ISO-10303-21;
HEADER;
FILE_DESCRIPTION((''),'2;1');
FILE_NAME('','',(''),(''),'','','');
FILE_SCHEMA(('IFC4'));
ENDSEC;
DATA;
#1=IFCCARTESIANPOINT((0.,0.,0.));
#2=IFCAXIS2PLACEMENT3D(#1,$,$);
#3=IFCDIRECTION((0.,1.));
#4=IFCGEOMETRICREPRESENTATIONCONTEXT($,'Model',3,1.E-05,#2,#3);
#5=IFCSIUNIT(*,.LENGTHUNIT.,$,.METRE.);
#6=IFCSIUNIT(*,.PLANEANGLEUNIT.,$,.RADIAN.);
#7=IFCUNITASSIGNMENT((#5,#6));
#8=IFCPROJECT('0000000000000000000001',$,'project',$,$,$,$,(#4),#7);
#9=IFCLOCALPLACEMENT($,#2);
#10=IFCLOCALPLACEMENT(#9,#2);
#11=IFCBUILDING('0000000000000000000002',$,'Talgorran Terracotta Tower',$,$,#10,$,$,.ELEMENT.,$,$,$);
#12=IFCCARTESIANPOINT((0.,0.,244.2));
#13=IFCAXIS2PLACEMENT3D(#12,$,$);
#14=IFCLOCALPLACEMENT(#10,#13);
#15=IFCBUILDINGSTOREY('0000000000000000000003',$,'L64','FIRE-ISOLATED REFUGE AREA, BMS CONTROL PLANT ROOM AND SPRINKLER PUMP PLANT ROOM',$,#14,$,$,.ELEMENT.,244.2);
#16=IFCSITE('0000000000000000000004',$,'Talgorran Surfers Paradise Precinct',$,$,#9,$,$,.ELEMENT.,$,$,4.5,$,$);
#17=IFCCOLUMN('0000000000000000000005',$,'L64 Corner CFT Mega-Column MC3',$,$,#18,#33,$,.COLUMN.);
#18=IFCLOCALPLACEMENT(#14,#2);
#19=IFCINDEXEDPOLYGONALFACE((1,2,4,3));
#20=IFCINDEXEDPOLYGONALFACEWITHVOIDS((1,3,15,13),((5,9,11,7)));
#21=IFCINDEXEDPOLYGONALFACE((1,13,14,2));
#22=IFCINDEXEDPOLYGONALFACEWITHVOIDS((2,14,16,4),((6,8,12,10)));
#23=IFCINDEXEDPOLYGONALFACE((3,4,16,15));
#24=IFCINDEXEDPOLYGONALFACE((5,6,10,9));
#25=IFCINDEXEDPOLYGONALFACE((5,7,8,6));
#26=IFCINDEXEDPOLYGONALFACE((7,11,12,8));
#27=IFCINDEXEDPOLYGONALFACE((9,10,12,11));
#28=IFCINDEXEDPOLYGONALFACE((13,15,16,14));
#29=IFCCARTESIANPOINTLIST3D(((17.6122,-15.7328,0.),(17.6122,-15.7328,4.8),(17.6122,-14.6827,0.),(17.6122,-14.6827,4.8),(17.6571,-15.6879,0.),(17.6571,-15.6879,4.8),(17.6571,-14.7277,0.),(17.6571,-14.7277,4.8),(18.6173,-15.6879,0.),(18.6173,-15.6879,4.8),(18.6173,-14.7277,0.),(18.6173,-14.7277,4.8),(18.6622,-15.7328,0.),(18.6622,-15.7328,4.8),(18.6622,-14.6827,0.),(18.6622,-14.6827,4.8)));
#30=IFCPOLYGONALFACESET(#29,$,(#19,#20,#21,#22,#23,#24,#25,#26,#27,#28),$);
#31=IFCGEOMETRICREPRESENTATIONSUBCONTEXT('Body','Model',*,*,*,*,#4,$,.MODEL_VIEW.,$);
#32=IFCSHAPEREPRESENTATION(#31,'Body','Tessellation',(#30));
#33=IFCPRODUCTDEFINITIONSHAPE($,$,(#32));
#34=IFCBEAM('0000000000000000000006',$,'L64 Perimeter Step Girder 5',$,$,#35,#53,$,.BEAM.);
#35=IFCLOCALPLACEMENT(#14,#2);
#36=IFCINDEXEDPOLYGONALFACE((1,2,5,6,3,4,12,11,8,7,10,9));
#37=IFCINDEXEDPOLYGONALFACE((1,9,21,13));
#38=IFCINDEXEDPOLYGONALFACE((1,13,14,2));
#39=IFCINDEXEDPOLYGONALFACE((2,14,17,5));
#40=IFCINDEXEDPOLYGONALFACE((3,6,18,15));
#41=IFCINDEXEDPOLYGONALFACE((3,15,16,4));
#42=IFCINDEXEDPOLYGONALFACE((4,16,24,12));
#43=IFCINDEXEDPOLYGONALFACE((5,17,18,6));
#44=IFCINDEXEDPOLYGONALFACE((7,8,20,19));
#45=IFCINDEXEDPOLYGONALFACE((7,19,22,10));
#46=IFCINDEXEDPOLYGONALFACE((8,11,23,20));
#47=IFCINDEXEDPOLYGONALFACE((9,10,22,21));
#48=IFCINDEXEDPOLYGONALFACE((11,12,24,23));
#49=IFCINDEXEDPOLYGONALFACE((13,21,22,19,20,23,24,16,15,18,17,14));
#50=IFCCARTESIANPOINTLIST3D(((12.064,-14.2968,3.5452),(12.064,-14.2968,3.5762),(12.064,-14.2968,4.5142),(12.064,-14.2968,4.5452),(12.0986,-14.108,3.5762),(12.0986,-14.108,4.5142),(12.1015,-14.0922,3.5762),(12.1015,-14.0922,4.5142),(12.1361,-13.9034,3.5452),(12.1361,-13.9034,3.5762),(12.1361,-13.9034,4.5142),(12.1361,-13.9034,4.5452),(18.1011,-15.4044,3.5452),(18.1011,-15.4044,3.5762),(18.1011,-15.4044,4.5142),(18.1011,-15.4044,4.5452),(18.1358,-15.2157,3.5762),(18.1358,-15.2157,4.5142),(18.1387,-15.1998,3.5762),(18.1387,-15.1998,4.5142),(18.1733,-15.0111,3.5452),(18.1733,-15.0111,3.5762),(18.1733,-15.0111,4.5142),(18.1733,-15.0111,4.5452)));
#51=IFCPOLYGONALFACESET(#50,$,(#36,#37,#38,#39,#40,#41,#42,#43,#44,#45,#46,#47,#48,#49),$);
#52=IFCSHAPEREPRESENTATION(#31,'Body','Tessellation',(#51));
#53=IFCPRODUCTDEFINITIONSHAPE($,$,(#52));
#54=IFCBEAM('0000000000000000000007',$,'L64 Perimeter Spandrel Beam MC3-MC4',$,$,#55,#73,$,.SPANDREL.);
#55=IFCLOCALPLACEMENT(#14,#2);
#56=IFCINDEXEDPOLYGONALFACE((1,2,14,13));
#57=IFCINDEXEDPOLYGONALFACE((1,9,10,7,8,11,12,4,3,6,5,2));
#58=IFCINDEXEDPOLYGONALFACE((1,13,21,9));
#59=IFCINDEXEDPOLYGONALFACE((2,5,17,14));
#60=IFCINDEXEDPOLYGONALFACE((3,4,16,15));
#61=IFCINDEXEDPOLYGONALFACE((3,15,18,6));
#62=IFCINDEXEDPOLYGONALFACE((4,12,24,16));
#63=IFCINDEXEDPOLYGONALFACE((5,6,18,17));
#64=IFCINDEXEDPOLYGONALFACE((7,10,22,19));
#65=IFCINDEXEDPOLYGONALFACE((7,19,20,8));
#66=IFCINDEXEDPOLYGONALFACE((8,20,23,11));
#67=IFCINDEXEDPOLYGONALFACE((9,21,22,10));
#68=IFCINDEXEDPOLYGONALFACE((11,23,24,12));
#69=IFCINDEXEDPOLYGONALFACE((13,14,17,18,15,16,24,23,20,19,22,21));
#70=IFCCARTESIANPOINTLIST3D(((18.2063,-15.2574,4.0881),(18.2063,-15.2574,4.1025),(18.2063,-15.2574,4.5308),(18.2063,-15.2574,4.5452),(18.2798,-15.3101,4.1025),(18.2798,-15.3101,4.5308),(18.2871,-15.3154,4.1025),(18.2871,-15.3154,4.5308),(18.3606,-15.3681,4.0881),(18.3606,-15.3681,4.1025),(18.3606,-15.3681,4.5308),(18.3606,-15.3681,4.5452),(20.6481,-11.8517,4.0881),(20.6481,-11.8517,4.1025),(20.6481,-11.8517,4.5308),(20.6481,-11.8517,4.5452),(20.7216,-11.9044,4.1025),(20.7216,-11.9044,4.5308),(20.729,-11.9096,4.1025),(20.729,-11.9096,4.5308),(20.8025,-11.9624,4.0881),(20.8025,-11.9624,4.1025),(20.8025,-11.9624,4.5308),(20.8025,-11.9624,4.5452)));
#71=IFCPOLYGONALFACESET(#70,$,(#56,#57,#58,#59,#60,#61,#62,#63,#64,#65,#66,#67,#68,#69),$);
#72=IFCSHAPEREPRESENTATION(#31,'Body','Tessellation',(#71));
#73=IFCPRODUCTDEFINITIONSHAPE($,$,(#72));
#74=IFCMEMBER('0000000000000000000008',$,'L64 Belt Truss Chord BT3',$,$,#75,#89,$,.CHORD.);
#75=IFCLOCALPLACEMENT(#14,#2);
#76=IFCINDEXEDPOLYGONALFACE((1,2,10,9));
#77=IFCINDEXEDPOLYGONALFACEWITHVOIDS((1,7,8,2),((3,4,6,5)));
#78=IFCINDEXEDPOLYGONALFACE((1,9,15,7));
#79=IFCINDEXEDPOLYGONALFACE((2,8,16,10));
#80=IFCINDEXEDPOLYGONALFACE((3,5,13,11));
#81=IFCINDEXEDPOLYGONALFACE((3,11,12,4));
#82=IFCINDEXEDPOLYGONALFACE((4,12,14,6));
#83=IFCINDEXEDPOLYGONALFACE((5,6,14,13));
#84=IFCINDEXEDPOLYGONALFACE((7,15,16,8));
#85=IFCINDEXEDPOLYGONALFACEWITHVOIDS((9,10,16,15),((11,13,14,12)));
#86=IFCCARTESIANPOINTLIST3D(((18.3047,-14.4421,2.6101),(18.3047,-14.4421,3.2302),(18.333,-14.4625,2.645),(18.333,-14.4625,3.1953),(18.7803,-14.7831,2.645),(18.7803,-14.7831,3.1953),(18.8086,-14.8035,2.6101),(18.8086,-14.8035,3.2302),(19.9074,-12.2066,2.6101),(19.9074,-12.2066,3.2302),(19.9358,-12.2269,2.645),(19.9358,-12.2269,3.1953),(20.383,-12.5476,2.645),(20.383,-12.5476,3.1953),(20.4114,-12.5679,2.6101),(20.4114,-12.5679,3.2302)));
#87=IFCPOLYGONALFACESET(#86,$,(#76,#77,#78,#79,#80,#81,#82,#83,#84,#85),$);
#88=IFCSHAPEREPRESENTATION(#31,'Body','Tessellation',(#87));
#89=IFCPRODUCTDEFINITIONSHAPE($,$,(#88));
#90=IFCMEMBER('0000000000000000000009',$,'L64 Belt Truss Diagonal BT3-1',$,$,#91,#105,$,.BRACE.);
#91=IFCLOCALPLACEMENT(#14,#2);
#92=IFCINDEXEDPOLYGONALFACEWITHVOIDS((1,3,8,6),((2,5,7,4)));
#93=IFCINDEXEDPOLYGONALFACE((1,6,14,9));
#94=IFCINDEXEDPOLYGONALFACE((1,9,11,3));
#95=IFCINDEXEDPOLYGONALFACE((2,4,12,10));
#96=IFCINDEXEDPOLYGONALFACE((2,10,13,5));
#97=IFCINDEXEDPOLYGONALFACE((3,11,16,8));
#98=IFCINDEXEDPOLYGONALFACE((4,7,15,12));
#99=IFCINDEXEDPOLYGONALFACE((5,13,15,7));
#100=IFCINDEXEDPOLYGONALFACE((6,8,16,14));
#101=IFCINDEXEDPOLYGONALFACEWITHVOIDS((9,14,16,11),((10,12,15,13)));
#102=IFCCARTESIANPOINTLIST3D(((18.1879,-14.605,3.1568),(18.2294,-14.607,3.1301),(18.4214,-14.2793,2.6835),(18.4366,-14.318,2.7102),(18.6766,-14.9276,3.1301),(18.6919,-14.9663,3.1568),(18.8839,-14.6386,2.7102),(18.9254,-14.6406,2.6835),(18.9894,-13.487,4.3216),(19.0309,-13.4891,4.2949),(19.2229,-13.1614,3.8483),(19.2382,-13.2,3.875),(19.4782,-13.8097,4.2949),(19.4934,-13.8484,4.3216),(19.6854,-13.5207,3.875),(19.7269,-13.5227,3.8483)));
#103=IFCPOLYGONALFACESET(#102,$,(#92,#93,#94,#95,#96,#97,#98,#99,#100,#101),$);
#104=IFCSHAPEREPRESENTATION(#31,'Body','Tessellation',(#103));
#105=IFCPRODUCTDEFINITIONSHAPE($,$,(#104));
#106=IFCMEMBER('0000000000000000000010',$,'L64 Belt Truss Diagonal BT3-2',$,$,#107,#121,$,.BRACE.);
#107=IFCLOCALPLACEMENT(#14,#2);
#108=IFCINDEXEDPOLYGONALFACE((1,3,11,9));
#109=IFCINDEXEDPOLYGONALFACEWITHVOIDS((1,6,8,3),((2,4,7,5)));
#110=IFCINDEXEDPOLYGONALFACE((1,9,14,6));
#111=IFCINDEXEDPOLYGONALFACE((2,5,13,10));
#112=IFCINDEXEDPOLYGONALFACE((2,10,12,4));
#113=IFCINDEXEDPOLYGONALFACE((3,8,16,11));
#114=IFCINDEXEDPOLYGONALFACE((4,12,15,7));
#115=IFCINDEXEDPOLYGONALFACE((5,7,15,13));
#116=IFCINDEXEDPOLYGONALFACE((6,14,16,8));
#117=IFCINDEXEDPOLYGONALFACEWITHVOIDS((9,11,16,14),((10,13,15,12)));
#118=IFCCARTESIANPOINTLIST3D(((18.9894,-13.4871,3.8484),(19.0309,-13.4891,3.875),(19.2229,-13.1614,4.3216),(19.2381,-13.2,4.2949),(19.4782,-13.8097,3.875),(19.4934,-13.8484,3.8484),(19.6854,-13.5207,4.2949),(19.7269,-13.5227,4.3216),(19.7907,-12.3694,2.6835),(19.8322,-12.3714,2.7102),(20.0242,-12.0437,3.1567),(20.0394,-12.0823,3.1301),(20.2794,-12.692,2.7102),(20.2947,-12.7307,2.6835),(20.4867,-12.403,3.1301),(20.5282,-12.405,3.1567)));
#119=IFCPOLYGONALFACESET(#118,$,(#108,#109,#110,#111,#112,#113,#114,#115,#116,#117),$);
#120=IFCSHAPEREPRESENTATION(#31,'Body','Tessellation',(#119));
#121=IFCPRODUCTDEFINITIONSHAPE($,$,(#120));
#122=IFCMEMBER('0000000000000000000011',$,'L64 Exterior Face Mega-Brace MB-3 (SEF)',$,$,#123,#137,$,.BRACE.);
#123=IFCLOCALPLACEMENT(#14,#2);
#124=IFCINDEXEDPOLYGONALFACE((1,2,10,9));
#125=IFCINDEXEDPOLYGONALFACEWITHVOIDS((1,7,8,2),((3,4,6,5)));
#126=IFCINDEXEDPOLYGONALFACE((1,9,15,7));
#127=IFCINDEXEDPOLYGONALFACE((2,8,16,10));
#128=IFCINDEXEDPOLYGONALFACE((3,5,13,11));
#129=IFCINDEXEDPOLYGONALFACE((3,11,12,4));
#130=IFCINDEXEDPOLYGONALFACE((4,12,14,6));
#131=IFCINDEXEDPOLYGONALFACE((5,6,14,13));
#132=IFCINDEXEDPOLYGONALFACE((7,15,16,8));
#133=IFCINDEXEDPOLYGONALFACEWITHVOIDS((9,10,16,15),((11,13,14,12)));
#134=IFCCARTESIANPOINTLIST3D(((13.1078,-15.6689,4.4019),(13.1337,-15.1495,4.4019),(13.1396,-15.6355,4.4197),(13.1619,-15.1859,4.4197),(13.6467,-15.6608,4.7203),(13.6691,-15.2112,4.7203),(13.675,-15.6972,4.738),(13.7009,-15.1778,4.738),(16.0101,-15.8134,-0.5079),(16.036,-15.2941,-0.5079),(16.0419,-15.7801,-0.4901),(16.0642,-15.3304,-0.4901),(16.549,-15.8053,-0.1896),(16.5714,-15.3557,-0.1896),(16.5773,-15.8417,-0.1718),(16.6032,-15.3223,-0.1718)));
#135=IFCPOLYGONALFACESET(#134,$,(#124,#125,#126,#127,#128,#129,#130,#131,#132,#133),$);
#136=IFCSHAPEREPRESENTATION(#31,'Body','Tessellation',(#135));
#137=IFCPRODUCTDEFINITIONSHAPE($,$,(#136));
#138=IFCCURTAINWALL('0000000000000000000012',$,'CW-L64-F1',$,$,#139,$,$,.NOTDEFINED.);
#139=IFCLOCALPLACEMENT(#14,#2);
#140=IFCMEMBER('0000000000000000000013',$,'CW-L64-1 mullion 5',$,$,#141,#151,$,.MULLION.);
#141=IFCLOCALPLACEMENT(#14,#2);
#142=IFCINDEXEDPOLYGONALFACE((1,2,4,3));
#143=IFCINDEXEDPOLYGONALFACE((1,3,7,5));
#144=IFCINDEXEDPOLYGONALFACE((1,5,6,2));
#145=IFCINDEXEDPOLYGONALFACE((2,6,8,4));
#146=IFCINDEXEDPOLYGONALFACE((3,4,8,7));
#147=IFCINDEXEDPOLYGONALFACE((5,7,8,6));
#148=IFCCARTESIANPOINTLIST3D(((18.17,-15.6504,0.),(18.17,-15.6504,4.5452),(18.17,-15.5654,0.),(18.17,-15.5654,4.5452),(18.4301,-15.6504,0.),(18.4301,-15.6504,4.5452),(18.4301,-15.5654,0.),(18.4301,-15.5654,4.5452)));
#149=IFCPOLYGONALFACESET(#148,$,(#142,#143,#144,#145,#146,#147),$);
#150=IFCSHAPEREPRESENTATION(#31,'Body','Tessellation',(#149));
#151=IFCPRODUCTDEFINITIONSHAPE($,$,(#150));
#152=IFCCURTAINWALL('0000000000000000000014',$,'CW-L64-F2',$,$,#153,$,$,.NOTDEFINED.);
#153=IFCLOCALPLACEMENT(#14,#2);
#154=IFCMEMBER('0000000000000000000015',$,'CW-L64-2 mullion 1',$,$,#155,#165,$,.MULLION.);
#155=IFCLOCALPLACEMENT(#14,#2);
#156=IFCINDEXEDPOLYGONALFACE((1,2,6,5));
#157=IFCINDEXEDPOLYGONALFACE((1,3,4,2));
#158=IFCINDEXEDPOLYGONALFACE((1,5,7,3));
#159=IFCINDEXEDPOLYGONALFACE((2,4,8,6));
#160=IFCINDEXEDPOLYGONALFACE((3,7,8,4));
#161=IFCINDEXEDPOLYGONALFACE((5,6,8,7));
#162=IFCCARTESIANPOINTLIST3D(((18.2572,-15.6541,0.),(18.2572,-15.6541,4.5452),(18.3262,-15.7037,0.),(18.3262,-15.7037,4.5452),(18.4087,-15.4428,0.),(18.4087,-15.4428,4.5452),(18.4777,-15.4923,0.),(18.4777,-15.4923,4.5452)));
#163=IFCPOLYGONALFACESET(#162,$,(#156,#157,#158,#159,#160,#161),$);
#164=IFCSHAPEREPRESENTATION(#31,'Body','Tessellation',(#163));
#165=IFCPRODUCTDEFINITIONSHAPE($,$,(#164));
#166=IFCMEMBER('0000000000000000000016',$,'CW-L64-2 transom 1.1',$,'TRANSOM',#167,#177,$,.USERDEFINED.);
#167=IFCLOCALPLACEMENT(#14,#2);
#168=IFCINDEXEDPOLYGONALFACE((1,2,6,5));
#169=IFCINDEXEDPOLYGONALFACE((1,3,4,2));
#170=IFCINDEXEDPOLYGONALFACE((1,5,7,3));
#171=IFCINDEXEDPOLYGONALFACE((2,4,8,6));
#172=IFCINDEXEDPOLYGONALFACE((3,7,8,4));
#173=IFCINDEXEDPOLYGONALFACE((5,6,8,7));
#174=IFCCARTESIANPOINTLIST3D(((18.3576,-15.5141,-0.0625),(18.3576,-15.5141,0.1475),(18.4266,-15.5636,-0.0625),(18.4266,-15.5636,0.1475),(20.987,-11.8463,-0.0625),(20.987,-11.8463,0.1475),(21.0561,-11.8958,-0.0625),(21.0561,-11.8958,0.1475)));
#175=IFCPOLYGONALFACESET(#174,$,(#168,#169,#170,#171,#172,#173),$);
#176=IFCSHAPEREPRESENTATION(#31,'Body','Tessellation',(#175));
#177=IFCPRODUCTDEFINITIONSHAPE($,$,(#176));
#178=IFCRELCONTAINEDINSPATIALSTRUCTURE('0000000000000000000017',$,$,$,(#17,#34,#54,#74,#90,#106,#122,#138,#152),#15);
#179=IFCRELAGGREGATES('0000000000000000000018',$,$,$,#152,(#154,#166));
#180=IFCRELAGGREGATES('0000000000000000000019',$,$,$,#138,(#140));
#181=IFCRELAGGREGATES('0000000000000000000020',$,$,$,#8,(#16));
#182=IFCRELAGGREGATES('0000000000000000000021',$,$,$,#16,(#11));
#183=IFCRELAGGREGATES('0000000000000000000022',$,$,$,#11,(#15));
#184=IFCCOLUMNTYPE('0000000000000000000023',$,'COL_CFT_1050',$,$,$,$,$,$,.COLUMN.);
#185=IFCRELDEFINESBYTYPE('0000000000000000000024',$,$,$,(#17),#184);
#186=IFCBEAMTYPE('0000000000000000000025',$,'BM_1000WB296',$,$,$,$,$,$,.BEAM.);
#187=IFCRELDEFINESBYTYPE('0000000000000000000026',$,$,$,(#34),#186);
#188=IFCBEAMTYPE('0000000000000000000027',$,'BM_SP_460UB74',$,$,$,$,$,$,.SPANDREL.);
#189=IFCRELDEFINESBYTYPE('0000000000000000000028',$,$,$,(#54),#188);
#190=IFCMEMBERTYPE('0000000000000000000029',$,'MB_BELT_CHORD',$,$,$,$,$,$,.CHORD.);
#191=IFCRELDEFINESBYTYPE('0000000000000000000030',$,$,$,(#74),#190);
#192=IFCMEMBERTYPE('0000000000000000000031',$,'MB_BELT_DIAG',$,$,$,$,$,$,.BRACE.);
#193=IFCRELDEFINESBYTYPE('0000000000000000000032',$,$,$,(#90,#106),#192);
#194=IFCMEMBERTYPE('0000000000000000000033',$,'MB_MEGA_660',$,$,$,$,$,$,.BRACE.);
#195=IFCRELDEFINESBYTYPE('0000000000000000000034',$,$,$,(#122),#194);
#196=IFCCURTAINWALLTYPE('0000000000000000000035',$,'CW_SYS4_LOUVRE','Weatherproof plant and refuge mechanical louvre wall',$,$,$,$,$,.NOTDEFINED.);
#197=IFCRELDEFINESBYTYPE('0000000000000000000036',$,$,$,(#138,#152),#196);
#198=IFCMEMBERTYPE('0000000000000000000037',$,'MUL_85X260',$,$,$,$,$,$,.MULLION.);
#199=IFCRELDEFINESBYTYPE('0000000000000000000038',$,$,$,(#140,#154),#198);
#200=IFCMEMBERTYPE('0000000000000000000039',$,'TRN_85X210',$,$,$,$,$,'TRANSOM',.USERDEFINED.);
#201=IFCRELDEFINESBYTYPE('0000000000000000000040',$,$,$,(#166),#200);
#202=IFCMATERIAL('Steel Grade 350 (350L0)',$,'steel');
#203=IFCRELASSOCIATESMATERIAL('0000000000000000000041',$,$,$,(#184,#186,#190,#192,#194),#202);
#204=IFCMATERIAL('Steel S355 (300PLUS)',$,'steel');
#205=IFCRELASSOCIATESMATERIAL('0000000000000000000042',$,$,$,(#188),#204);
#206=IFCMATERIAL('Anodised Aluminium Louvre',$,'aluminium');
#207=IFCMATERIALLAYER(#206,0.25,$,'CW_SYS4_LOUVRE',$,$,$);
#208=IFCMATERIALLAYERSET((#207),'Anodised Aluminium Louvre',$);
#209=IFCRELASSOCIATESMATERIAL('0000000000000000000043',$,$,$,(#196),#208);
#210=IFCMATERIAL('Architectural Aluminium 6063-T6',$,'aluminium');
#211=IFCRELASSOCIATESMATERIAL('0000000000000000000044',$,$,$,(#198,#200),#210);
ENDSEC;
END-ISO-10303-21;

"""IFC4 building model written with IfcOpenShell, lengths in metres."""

from ifc_helpers import new_model, si_unit, direction, frame, origin, origin_2d, place, context, subcontext, project, spatial, rectangle, hollow_rectangle, i_section, extrude, material, layer, layer_set, material_profile, profile_set, type_object, element, aggregate, save


model = new_model("IFC4")

# Units and contexts
model_context = context("Model", 3, precision=1e-05, world=origin(), true_north=direction((0.0, 1.0)))
body_context = subcontext(model_context, "Body", "Model", "MODEL_VIEW")
ifc_project = project(units=[si_unit("LENGTHUNIT", "METRE"), si_unit("PLANEANGLEUNIT", "RADIAN")], contexts=[model_context])

# Site, building, storey
site_placement = place(None, origin())
site = spatial("IfcSite", under=ifc_project, at=site_placement, Name="Talgorran Surfers Paradise Precinct", CompositionType="ELEMENT", RefElevation=4.5)
building_placement = place(site_placement, origin())
building = spatial("IfcBuilding", under=site, at=building_placement, Name="Talgorran Terracotta Tower", CompositionType="ELEMENT")
storey_placement = place(building_placement, frame((0.0, 0.0, 244.2)))
storey = spatial("IfcBuildingStorey", under=building, at=storey_placement, Name="L64", Description="FIRE-ISOLATED REFUGE AREA, BMS CONTROL PLANT ROOM AND SPRINKLER PUMP PLANT ROOM", CompositionType="ELEMENT", Elevation=244.2)

# Column
ifc_material_1 = material(Name="Steel Grade 350 (350L0)", Category="steel")
ifc_material_profile_1 = material_profile(ifc_material_1, hollow_rectangle(XDim=1.05, YDim=1.05, WallThickness=0.0449, at=origin_2d()), Name="CFT1050X1050X45")
ifc_profile_set_1 = profile_set([ifc_material_profile_1], Name="Steel Grade 350 (350L0)")
column_type = type_object("IfcColumnType", Name="COL_CFT_1050", PredefinedType="COLUMN", material=ifc_profile_set_1)
column_placement = place(storey_placement, frame((18.1372, -15.2078, 0.0), z_axis=(0.0, 0.0, 1.0), x_axis=(1.0, 0.0, 0.0)))
element("IfcColumn", 1, at=column_placement, inside=storey, type_object=column_type, Name="L64 Corner CFT Mega-Column MC3", PredefinedType="COLUMN", context=body_context, shape_type="SweptSolid", body=[
    extrude(hollow_rectangle(XDim=1.05, YDim=1.05, WallThickness=0.0449, at=origin_2d()), origin(), (0.0, 0.0, 1.0), 4.8),
])

# Beams
ifc_material_profile_2 = material_profile(ifc_material_1, i_section(OverallWidth=0.3999, OverallDepth=1.0, WebThickness=0.0161, FlangeThickness=0.031, at=origin_2d()), Name="1000WB296")
ifc_profile_set_2 = profile_set([ifc_material_profile_2], Name="Steel Grade 350 (350L0)")
beam_type_1 = type_object("IfcBeamType", Name="BM_1000WB296", PredefinedType="BEAM", material=ifc_profile_set_2)
beam_1_placement = place(storey_placement, frame((18.1372, -15.2078, 4.0452), z_axis=(-0.983582, 0.180464, 0.0), x_axis=(-0.180464, -0.983582, 0.0)))
element("IfcBeam", 2, at=beam_1_placement, inside=storey, type_object=beam_type_1, Name="L64 Perimeter Step Girder 5", PredefinedType="BEAM", context=body_context, shape_type="SweptSolid", body=[
    extrude(i_section(OverallWidth=0.3999, OverallDepth=1.0, WebThickness=0.0161, FlangeThickness=0.031, at=origin_2d()), origin(), (0.0, 0.0, 1.0), 6.1379),
])
ifc_material_2 = material(Name="Steel S355 (300PLUS)", Category="steel")
ifc_material_profile_3 = material_profile(ifc_material_2, i_section(OverallWidth=0.1899, OverallDepth=0.457, WebThickness=0.009, FlangeThickness=0.0144, at=origin_2d()), Name="460UB74.6")
ifc_profile_set_3 = profile_set([ifc_material_profile_3], Name="Steel S355 (300PLUS)")
beam_type_2 = type_object("IfcBeamType", Name="BM_SP_460UB74", PredefinedType="SPANDREL", material=ifc_profile_set_3)
beam_2_placement = place(storey_placement, frame((18.2834, -15.3127, 4.3167), z_axis=(0.582692, 0.812693, 0.0), x_axis=(-0.812693, 0.582692, 0.0)))
element("IfcBeam", 3, at=beam_2_placement, inside=storey, type_object=beam_type_2, Name="L64 Perimeter Spandrel Beam MC3-MC4", PredefinedType="SPANDREL", context=body_context, shape_type="SweptSolid", body=[
    extrude(i_section(OverallWidth=0.1899, OverallDepth=0.457, WebThickness=0.009, FlangeThickness=0.0144, at=origin_2d()), origin(), (0.0, 0.0, 1.0), 4.1907),
])

# Members
ifc_material_profile_4 = material_profile(ifc_material_1, hollow_rectangle(XDim=0.6201, YDim=0.6201, WallThickness=0.0349, at=origin_2d()), Name="WBOX620X620X35")
ifc_profile_set_4 = profile_set([ifc_material_profile_4], Name="Steel Grade 350 (350L0)")
member_type_1 = type_object("IfcMemberType", Name="MB_BELT_CHORD", PredefinedType="CHORD", material=ifc_profile_set_4)
member_1_placement = place(storey_placement, frame((18.5566, -14.6228, 2.9202), z_axis=(0.582665, 0.812713, 0.0), x_axis=(-0.812713, 0.582665, 0.0)))
element("IfcMember", 4, at=member_1_placement, inside=storey, type_object=member_type_1, Name="L64 Belt Truss Chord BT3", PredefinedType="CHORD", context=body_context, shape_type="SweptSolid", body=[
    extrude(hollow_rectangle(XDim=0.6201, YDim=0.6201, WallThickness=0.0349, at=origin_2d()), origin(), (0.0, 0.0, 1.0), 2.7507),
])
ifc_material_profile_5 = material_profile(ifc_material_1, hollow_rectangle(XDim=0.6201, YDim=0.6201, WallThickness=0.0349, at=origin_2d()), Name="WBOX620X620X35")
ifc_profile_set_5 = profile_set([ifc_material_profile_5], Name="Steel Grade 350 (350L0)")
member_type_2 = type_object("IfcMemberType", Name="MB_BELT_DIAG", PredefinedType="BRACE", material=ifc_profile_set_5)
member_2_placement = place(storey_placement, frame((18.5566, -14.6228, 2.9202), z_axis=(0.444674, 0.620214, 0.64622), x_axis=(-0.812701, 0.582681, 0.0)))
element("IfcMember", 5, at=member_2_placement, inside=storey, type_object=member_type_2, Name="L64 Belt Truss Diagonal BT3-1", PredefinedType="BRACE", context=body_context, shape_type="SweptSolid", body=[
    extrude(hollow_rectangle(XDim=0.6201, YDim=0.6201, WallThickness=0.0349, at=origin_2d()), origin(), (0.0, 0.0, 1.0), 1.8025),
])
member_3_placement = place(storey_placement, frame((19.3582, -13.5049, 4.085), z_axis=(0.444603, 0.620168, -0.646313), x_axis=(-0.812725, 0.582648, 0.0)))
element("IfcMember", 6, at=member_3_placement, inside=storey, type_object=member_type_2, Name="L64 Belt Truss Diagonal BT3-2", PredefinedType="BRACE", context=body_context, shape_type="SweptSolid", body=[
    extrude(hollow_rectangle(XDim=0.6201, YDim=0.6201, WallThickness=0.0349, at=origin_2d()), origin(), (0.0, 0.0, 1.0), 1.8022),
])
ifc_material_profile_6 = material_profile(ifc_material_1, hollow_rectangle(XDim=0.52, YDim=0.6599, WallThickness=0.0349, at=origin_2d()), Name="WBOX660X520X35")
ifc_profile_set_6 = profile_set([ifc_material_profile_6], Name="Steel Grade 350 (350L0)")
member_type_3 = type_object("IfcMemberType", Name="MB_MEGA_660", PredefinedType="BRACE", material=ifc_profile_set_6)
member_4_placement = place(storey_placement, frame((16.3066, -15.5679, -0.3398), z_axis=(-0.5087, 0.025332, 0.860571), x_axis=(-0.049736, -0.998762, 0.0)))
element("IfcMember", 7, at=member_4_placement, inside=storey, type_object=member_type_3, Name="L64 Exterior Face Mega-Brace MB-3 (SEF)", PredefinedType="BRACE", context=body_context, shape_type="SweptSolid", body=[
    extrude(hollow_rectangle(XDim=0.52, YDim=0.6599, WallThickness=0.0349, at=origin_2d()), origin(), (0.0, 0.0, 1.0), 5.7053),
])

# Curtain wall, member
ifc_material_3 = material(Name="Anodised Aluminium Louvre", Category="aluminium")
ifc_layer_1 = layer(ifc_material_3, 0.25, Name="CW_SYS4_LOUVRE")
ifc_layer_set_1 = layer_set([ifc_layer_1], Name="Anodised Aluminium Louvre")
curtain_wall_type = type_object("IfcCurtainWallType", Name="CW_SYS4_LOUVRE", Description="Weatherproof plant and refuge mechanical louvre wall", PredefinedType="NOTDEFINED", material=ifc_layer_set_1)
curtain_wall_1_placement = place(storey_placement, origin())
curtain_wall_1 = element("IfcCurtainWall", 8, at=curtain_wall_1_placement, inside=storey, type_object=curtain_wall_type, Name="CW-L64-F1", PredefinedType="NOTDEFINED")
ifc_material_4 = material(Name="Architectural Aluminium 6063-T6", Category="aluminium")
ifc_material_profile_7 = material_profile(ifc_material_4, rectangle(XDim=0.085, YDim=0.26, at=origin_2d()), Name="CWM85X260")
ifc_profile_set_7 = profile_set([ifc_material_profile_7], Name="Architectural Aluminium 6063-T6")
member_type_4 = type_object("IfcMemberType", Name="MUL_85X260", PredefinedType="MULLION", material=ifc_profile_set_7)
member_5_placement = place(storey_placement, frame((18.3, -15.6079, 0.0), z_axis=(0.0, 0.0, 1.0), x_axis=(0.0, 1.0, 0.0)))
member_5 = element("IfcMember", 9, at=member_5_placement, type_object=member_type_4, Name="CW-L64-1 mullion 5", PredefinedType="MULLION", context=body_context, shape_type="SweptSolid", body=[
    extrude(rectangle(XDim=0.085, YDim=0.26, at=origin_2d()), origin(), (0.0, 0.0, 1.0), 4.5452),
])

# Curtain wall, members
curtain_wall_2_placement = place(storey_placement, origin())
curtain_wall_2 = element("IfcCurtainWall", 10, at=curtain_wall_2_placement, inside=storey, type_object=curtain_wall_type, Name="CW-L64-F2", PredefinedType="NOTDEFINED")
member_6_placement = place(storey_placement, frame((18.3674, -15.5732, 0.0), z_axis=(0.0, 0.0, 1.0), x_axis=(-0.812715, 0.582661, 0.0)))
member_6 = element("IfcMember", 11, at=member_6_placement, type_object=member_type_4, Name="CW-L64-2 mullion 1", PredefinedType="MULLION", context=body_context, shape_type="SweptSolid", body=[
    extrude(rectangle(XDim=0.085, YDim=0.26, at=origin_2d()), origin(), (0.0, 0.0, 1.0), 4.5452),
])
ifc_material_profile_8 = material_profile(ifc_material_4, rectangle(XDim=0.085, YDim=0.21, at=origin_2d()), Name="CWT85X210")
ifc_profile_set_8 = profile_set([ifc_material_profile_8], Name="Architectural Aluminium 6063-T6")
member_type_5 = type_object("IfcMemberType", Name="TRN_85X210", ElementType="TRANSOM", PredefinedType="USERDEFINED", material=ifc_profile_set_8)
member_7_placement = place(storey_placement, frame((18.3921, -15.5388, 0.0425), z_axis=(0.582645, 0.812727, 0.0), x_axis=(-0.812727, 0.582645, 0.0)))
member_7 = element("IfcMember", 12, at=member_7_placement, type_object=member_type_5, Name="CW-L64-2 transom 1.1", ObjectType="TRANSOM", PredefinedType="USERDEFINED", context=body_context, shape_type="SweptSolid", body=[
    extrude(rectangle(XDim=0.085, YDim=0.21, at=origin_2d()), origin(), (0.0, 0.0, 1.0), 4.5129),
])

aggregate(curtain_wall_2, [member_6, member_7])
aggregate(curtain_wall_1, [member_5])

save(model, "model.ifc")
